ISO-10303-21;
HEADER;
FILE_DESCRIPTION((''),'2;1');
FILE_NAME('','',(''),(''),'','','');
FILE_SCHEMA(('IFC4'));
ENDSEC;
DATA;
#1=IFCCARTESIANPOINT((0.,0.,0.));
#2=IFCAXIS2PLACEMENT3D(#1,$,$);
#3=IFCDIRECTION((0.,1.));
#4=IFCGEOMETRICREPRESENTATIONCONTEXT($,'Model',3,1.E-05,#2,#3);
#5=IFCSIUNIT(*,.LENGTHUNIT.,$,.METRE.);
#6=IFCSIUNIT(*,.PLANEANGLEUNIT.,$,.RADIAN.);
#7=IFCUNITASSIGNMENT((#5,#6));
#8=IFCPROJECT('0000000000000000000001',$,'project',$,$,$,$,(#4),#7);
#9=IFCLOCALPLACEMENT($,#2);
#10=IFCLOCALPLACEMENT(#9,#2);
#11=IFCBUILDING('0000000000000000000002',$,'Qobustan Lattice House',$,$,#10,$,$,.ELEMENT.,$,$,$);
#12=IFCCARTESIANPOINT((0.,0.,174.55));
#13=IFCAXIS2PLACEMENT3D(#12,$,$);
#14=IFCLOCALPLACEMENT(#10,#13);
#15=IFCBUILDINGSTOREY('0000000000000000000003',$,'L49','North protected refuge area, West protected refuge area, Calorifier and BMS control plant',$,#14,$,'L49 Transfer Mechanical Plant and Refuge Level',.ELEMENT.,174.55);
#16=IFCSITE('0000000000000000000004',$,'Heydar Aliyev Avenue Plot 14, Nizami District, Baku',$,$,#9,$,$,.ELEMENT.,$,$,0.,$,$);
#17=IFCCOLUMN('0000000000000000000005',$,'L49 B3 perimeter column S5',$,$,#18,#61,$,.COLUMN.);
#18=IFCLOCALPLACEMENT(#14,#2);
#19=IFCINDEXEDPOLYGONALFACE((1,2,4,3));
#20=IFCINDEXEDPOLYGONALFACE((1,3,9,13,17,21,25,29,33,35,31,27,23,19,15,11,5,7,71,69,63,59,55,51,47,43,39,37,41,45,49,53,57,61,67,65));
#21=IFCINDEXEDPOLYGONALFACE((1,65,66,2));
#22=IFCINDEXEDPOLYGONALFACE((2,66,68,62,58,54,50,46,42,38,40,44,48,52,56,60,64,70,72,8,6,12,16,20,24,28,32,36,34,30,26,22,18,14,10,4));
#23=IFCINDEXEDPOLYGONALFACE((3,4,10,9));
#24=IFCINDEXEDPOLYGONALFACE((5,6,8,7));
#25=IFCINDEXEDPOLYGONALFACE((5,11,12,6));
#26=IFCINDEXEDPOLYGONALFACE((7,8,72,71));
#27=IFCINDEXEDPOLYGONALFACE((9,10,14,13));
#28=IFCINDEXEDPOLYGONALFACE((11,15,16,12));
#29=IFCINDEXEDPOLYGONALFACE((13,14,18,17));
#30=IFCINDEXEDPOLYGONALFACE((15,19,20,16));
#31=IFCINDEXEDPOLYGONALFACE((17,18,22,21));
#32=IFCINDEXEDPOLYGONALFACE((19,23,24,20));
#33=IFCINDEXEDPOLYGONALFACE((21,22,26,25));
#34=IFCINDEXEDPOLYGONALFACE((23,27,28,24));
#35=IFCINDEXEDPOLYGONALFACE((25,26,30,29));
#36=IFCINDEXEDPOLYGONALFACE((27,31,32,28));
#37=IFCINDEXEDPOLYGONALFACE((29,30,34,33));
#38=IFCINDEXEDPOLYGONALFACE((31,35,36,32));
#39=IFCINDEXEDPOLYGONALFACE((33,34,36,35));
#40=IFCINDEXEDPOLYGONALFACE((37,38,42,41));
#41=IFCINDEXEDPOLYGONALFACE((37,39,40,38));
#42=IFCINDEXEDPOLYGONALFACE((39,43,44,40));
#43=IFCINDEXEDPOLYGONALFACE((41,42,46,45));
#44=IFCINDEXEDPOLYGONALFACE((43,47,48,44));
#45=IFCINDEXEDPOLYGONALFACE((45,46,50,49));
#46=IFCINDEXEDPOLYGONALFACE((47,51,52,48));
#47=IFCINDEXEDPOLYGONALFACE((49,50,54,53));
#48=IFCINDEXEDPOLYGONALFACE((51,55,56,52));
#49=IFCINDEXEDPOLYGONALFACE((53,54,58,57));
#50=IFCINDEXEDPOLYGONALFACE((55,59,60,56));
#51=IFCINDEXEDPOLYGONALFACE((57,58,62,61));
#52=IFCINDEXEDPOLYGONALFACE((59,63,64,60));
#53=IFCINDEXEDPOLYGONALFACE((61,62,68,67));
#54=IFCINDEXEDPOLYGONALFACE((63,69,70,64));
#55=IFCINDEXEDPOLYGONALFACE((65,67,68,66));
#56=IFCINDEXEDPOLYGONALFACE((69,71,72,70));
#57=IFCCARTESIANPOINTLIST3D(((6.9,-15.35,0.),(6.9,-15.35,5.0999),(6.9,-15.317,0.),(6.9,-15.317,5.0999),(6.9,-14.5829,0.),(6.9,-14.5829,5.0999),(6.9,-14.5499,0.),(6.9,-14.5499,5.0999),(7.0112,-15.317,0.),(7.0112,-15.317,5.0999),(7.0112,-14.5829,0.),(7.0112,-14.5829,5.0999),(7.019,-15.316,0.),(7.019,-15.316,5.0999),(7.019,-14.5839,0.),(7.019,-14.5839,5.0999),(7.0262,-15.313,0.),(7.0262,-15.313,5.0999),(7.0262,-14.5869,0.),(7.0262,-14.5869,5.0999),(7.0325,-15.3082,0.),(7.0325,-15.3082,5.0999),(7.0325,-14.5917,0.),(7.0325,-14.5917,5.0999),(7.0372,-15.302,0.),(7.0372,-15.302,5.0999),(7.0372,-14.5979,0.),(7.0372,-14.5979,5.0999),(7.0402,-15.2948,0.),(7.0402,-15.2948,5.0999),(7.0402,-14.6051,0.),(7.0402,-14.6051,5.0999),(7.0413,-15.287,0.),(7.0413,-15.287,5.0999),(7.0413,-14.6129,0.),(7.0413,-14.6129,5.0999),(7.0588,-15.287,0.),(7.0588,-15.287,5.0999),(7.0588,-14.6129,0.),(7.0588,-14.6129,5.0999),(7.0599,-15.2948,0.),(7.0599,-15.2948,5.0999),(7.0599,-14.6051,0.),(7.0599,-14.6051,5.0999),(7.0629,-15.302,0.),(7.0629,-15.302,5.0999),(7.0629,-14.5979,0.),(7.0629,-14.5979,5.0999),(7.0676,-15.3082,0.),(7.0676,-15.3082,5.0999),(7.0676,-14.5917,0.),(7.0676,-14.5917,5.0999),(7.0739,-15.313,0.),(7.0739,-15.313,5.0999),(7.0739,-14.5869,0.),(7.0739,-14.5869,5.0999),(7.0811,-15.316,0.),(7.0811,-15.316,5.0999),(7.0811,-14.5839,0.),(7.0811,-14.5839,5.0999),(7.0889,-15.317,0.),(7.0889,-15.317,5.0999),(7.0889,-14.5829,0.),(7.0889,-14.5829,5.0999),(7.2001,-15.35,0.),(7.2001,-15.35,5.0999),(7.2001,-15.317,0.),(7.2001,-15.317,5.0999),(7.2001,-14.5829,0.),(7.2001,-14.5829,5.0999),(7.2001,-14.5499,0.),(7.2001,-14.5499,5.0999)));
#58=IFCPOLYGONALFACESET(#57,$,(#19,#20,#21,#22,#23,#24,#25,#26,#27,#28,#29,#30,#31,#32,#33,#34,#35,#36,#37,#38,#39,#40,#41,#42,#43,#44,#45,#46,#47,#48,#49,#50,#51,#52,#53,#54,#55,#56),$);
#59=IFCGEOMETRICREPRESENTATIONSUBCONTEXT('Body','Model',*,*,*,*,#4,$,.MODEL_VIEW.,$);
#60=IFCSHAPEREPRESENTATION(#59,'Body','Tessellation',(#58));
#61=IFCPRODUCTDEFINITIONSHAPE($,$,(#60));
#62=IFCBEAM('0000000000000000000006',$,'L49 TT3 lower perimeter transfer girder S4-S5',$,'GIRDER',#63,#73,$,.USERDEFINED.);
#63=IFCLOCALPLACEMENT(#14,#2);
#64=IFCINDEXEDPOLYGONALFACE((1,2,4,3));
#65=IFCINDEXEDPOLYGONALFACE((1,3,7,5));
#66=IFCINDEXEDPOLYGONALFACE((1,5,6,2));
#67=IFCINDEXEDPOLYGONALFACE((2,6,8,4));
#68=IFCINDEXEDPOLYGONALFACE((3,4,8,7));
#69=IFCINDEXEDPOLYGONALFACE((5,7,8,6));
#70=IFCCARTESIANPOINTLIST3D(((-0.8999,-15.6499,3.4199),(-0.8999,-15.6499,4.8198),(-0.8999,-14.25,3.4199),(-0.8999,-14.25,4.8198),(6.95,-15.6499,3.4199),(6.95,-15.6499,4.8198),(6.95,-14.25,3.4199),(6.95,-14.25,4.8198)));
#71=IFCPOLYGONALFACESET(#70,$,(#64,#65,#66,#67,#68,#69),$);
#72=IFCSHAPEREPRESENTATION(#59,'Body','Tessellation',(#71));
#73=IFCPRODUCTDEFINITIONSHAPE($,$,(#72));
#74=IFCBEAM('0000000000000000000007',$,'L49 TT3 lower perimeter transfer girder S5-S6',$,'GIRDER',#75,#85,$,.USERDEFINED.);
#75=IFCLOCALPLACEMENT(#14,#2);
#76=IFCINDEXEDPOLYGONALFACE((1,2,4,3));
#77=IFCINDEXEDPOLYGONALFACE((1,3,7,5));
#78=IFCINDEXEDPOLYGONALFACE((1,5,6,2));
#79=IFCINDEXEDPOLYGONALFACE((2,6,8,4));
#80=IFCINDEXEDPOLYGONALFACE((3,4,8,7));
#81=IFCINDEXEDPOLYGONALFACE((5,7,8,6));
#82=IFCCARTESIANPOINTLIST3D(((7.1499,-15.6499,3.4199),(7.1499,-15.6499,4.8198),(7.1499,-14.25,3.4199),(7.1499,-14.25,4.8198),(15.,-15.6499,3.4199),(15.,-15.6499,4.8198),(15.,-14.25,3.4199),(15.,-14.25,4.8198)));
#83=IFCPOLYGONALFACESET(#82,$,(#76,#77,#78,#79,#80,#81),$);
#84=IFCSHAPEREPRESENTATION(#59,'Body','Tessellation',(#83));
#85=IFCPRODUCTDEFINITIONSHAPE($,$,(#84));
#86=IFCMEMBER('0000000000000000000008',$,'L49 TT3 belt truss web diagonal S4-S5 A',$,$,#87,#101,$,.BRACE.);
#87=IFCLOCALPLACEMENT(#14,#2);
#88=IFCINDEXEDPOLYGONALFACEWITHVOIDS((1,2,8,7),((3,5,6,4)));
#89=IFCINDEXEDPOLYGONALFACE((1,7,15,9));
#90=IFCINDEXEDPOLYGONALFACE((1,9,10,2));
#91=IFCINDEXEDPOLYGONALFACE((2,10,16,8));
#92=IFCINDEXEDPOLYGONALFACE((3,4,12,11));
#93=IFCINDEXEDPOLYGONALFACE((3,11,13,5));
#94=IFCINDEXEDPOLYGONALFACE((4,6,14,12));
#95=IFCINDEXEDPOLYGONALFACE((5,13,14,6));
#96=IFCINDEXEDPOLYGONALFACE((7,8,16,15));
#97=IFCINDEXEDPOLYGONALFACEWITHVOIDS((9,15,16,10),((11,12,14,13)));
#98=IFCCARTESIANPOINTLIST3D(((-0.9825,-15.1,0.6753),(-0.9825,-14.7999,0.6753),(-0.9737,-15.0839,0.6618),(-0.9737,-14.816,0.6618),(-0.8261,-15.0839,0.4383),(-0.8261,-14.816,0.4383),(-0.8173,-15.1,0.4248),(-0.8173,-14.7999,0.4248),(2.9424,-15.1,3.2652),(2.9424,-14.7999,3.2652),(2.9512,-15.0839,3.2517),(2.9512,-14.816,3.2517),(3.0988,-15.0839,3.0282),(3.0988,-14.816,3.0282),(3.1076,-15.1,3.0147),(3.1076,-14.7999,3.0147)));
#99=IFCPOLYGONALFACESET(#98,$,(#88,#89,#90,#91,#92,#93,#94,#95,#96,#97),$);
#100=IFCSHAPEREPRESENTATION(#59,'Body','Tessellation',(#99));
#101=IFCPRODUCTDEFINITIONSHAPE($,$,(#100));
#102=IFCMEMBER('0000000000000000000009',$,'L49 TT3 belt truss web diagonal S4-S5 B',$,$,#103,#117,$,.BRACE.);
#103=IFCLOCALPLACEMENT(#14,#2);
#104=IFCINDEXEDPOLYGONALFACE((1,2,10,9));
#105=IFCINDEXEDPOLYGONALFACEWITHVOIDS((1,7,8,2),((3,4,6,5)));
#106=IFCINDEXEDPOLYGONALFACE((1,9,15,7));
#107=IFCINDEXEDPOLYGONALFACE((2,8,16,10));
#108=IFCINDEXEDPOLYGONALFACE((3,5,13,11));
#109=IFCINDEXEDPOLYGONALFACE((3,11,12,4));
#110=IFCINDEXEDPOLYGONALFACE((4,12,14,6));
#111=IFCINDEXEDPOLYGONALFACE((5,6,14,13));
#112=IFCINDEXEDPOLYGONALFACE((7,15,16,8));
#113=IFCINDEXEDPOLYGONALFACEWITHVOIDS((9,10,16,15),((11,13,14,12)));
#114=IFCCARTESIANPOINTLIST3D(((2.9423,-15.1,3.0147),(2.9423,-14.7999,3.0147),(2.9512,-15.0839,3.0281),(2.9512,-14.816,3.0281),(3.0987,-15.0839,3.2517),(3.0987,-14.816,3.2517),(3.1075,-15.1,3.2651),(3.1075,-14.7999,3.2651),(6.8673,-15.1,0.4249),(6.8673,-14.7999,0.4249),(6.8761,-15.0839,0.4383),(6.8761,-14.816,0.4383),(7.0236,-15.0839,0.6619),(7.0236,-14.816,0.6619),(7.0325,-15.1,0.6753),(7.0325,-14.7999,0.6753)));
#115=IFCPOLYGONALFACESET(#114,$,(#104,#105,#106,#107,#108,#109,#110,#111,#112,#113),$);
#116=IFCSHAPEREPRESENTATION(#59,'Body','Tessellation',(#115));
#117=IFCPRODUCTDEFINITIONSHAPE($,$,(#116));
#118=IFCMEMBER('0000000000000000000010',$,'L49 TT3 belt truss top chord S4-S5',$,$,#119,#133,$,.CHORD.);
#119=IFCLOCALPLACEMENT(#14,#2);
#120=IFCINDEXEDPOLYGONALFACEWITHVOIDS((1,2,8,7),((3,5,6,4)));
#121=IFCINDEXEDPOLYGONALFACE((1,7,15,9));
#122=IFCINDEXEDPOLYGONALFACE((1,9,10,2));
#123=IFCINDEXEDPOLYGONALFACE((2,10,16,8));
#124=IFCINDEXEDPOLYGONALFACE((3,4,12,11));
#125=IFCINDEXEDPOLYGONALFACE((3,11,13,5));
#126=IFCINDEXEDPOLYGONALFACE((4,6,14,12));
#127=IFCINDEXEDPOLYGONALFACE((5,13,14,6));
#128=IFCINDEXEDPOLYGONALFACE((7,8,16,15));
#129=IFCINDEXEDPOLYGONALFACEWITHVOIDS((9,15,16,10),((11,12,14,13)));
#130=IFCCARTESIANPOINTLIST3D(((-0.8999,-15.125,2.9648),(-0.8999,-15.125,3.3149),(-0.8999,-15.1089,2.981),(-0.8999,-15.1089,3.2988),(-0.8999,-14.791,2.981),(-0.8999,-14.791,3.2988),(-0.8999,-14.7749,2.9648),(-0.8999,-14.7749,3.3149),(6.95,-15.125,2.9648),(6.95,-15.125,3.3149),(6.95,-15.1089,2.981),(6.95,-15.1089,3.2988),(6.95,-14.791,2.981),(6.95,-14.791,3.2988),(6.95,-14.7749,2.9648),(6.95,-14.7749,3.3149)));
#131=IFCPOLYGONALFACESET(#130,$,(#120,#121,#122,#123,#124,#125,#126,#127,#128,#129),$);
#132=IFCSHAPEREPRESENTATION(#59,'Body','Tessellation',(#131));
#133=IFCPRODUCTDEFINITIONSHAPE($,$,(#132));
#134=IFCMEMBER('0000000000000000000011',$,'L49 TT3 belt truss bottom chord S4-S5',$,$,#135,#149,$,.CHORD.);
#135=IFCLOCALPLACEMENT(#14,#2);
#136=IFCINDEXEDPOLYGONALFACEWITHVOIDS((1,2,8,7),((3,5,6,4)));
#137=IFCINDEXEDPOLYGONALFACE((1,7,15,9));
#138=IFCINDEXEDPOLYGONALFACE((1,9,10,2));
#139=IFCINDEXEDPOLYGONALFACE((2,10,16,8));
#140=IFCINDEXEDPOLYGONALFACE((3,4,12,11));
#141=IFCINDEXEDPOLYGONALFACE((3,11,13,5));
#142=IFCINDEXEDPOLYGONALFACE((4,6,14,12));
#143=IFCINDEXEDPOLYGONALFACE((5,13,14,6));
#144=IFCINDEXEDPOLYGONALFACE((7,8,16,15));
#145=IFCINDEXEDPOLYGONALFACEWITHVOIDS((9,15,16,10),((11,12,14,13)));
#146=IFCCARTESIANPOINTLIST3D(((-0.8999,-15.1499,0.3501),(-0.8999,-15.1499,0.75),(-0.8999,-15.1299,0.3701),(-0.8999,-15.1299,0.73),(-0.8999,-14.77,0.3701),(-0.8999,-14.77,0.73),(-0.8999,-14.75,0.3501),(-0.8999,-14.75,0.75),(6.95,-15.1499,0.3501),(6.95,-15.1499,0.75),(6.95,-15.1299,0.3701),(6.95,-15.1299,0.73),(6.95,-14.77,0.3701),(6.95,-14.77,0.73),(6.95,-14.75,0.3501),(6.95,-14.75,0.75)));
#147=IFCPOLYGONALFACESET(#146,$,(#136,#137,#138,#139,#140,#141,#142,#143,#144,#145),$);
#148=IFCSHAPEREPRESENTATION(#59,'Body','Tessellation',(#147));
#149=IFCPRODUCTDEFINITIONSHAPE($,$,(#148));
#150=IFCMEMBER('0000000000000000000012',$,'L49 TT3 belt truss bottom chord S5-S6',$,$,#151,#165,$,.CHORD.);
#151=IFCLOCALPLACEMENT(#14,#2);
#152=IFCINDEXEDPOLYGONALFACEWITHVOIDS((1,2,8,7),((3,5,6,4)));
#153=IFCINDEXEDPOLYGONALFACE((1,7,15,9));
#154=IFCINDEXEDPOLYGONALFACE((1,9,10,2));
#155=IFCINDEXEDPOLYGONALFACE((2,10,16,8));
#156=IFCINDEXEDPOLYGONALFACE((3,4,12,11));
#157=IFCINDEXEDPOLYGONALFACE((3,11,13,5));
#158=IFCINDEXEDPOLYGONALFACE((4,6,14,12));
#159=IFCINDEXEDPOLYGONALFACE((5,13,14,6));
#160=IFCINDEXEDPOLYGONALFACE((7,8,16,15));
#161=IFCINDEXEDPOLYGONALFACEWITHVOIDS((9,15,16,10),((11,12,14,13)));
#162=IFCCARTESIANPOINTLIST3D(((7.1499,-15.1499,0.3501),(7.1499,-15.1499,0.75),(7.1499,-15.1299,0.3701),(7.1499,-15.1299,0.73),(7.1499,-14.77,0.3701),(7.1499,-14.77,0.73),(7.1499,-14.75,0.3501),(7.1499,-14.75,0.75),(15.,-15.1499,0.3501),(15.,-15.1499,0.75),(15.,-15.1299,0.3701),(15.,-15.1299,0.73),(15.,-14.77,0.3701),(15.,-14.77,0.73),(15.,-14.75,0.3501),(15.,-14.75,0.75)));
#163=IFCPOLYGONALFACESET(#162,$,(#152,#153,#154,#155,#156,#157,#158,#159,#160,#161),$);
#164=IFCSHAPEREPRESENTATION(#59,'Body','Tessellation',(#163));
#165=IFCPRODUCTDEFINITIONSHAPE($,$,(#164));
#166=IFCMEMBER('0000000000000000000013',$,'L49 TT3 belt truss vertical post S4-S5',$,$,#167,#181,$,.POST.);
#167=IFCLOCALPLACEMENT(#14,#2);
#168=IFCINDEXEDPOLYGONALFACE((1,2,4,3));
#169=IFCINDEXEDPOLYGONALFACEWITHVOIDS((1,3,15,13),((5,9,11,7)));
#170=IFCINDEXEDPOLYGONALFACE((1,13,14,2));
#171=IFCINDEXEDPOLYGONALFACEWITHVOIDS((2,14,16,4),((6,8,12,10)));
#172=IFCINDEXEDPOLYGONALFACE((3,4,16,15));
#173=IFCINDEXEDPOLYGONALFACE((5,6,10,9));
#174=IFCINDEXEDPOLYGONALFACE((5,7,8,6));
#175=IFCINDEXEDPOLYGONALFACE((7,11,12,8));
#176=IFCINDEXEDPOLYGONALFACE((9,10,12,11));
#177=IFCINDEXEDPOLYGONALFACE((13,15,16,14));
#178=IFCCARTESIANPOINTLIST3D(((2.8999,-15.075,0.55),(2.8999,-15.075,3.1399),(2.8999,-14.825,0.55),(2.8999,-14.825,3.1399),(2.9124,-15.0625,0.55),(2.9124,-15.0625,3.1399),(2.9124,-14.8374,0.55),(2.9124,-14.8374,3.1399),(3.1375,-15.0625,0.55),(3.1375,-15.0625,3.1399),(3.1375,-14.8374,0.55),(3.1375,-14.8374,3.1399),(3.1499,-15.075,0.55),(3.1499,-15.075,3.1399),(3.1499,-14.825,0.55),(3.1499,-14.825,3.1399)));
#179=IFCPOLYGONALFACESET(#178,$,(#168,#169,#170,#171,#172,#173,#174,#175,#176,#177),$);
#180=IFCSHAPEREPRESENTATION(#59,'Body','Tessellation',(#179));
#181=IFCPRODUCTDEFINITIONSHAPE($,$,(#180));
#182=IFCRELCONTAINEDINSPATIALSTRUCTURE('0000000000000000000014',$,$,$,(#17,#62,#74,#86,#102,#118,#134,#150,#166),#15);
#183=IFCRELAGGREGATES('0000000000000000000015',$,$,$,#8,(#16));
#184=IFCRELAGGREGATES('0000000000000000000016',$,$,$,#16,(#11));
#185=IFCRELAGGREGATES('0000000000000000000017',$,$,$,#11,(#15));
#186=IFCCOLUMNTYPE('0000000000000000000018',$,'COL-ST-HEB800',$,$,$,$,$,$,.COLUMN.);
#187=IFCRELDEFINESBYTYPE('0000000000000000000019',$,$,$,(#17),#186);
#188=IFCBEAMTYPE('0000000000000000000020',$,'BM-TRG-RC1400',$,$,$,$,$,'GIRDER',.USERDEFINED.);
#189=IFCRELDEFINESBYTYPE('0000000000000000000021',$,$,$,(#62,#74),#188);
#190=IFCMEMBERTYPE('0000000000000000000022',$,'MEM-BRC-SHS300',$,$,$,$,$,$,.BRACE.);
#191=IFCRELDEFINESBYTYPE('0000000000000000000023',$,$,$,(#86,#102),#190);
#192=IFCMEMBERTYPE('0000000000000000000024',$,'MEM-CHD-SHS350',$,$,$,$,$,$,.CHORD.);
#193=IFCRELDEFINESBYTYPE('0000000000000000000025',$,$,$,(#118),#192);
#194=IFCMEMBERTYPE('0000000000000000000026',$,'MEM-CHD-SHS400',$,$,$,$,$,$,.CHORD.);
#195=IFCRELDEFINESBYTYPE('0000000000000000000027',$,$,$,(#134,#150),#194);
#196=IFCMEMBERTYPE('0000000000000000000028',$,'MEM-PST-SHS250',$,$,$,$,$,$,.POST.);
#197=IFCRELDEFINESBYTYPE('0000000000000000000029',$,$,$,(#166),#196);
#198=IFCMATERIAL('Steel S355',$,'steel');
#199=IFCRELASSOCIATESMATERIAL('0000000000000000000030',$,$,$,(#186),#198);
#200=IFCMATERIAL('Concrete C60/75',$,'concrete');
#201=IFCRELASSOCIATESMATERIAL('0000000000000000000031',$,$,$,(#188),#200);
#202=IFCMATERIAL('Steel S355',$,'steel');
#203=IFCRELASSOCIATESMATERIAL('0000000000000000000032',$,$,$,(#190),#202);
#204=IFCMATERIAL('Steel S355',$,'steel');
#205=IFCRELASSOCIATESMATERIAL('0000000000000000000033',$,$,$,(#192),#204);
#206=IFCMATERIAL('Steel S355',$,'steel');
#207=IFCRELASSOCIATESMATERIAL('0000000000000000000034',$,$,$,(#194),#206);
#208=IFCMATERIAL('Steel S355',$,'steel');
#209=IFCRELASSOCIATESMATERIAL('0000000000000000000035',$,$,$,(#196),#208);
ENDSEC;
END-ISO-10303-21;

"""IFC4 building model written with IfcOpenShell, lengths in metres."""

from ifc_helpers import new_model, si_unit, direction, frame, origin, origin_2d, place, context, subcontext, project, spatial, rectangle, hollow_rectangle, i_section, extrude, material, material_profile, profile_set, type_object, element, save


model = new_model("IFC4")

# Units and contexts
model_context = context("Model", 3, precision=1e-05, world=origin(), true_north=direction((0.0, 1.0)))
body_context = subcontext(model_context, "Body", "Model", "MODEL_VIEW")
ifc_project = project(units=[si_unit("LENGTHUNIT", "METRE"), si_unit("PLANEANGLEUNIT", "RADIAN")], contexts=[model_context])

# Site, building, storey
site_placement = place(None, origin())
site = spatial("IfcSite", under=ifc_project, at=site_placement, Name="Heydar Aliyev Avenue Plot 14, Nizami District, Baku", CompositionType="ELEMENT", RefElevation=0.0)
building_placement = place(site_placement, origin())
building = spatial("IfcBuilding", under=site, at=building_placement, Name="Qobustan Lattice House", CompositionType="ELEMENT")
storey_placement = place(building_placement, frame((0.0, 0.0, 174.55)))
storey = spatial("IfcBuildingStorey", under=building, at=storey_placement, Name="L49", Description="North protected refuge area, West protected refuge area, Calorifier and BMS control plant", LongName="L49 Transfer Mechanical Plant and Refuge Level", CompositionType="ELEMENT", Elevation=174.55)

# Column
ifc_material_1 = material(Name="Steel S355", Category="steel")
ifc_material_profile_1 = material_profile(ifc_material_1, i_section(OverallWidth=0.3, OverallDepth=0.8, WebThickness=0.0176, FlangeThickness=0.033, FilletRadius=0.03, at=origin_2d()), Name="HEB800")
ifc_profile_set_1 = profile_set([ifc_material_profile_1], Name="Steel S355")
column_type = type_object("IfcColumnType", Name="COL-ST-HEB800", PredefinedType="COLUMN", material=ifc_profile_set_1)
column_placement = place(storey_placement, frame((7.05, -14.95, 0.0), z_axis=(0.0, 0.0, 1.0), x_axis=(1.0, 0.0, 0.0)))
element("IfcColumn", 1, at=column_placement, inside=storey, type_object=column_type, Name="L49 B3 perimeter column S5", PredefinedType="COLUMN", context=body_context, shape_type="SweptSolid", body=[
    extrude(i_section(OverallWidth=0.3, OverallDepth=0.8, WebThickness=0.0176, FlangeThickness=0.033, FilletRadius=0.03, at=origin_2d()), origin(), (0.0, 0.0, 1.0), 5.0999),
])

# Beams
ifc_material_2 = material(Name="Concrete C60/75", Category="concrete")
ifc_material_profile_2 = material_profile(ifc_material_2, rectangle(XDim=1.3999, YDim=1.3999, at=origin_2d()), Name="RC1400x1400")
ifc_profile_set_2 = profile_set([ifc_material_profile_2], Name="Concrete C60/75")
beam_type = type_object("IfcBeamType", Name="BM-TRG-RC1400", ElementType="GIRDER", PredefinedType="USERDEFINED", material=ifc_profile_set_2)
beam_1_placement = place(storey_placement, frame((-0.8999, -14.95, 4.1199), z_axis=(1.0, 0.0, 0.0), x_axis=(0.0, 1.0, 0.0)))
element("IfcBeam", 2, at=beam_1_placement, inside=storey, type_object=beam_type, Name="L49 TT3 lower perimeter transfer girder S4-S5", ObjectType="GIRDER", PredefinedType="USERDEFINED", context=body_context, shape_type="SweptSolid", body=[
    extrude(rectangle(XDim=1.3999, YDim=1.3999, at=origin_2d()), origin(), (0.0, 0.0, 1.0), 7.8499),
])
beam_2_placement = place(storey_placement, frame((7.1499, -14.95, 4.1199), z_axis=(1.0, 0.0, 0.0), x_axis=(0.0, 1.0, 0.0)))
element("IfcBeam", 3, at=beam_2_placement, inside=storey, type_object=beam_type, Name="L49 TT3 lower perimeter transfer girder S5-S6", ObjectType="GIRDER", PredefinedType="USERDEFINED", context=body_context, shape_type="SweptSolid", body=[
    extrude(rectangle(XDim=1.3999, YDim=1.3999, at=origin_2d()), origin(), (0.0, 0.0, 1.0), 7.8501),
])

# Members
ifc_material_3 = material(Name="Steel S355", Category="steel")
ifc_material_profile_3 = material_profile(ifc_material_3, hollow_rectangle(XDim=0.3, YDim=0.3, WallThickness=0.0161, at=origin_2d()), Name="SHS300x300x16")
ifc_profile_set_3 = profile_set([ifc_material_profile_3], Name="Steel S355")
member_type_1 = type_object("IfcMemberType", Name="MEM-BRC-SHS300", PredefinedType="BRACE", material=ifc_profile_set_3)
for number, where, z_axis, x_axis, name in (
    (4, (-0.8999, -14.95, 0.55), (0.834661, 0.0, 0.550764), (0.0, 1.0, 0.0), "L49 TT3 belt truss web diagonal S4-S5 A"),
    (5, (3.0249, -14.95, 3.1399), (0.834677, 0.0, -0.55074), (0.0, 1.0, 0.0), "L49 TT3 belt truss web diagonal S4-S5 B"),
):
    element("IfcMember", number, at=place(storey_placement, frame(where, z_axis=z_axis, x_axis=x_axis)), inside=storey, type_object=member_type_1, Name=name, PredefinedType="BRACE", context=body_context, shape_type="SweptSolid", body=[
        extrude(hollow_rectangle(XDim=0.3, YDim=0.3, WallThickness=0.0161, at=origin_2d()), origin(), (0.0, 0.0, 1.0), 4.7024),
    ])
ifc_material_4 = material(Name="Steel S355", Category="steel")
ifc_material_profile_4 = material_profile(ifc_material_4, hollow_rectangle(XDim=0.3501, YDim=0.3501, WallThickness=0.0161, at=origin_2d()), Name="SHS350x350x16")
ifc_profile_set_4 = profile_set([ifc_material_profile_4], Name="Steel S355")
member_type_2 = type_object("IfcMemberType", Name="MEM-CHD-SHS350", PredefinedType="CHORD", material=ifc_profile_set_4)
member_1_placement = place(storey_placement, frame((-0.8999, -14.95, 3.1399), z_axis=(1.0, 0.0, 0.0), x_axis=(0.0, 1.0, 0.0)))
element("IfcMember", 6, at=member_1_placement, inside=storey, type_object=member_type_2, Name="L49 TT3 belt truss top chord S4-S5", PredefinedType="CHORD", context=body_context, shape_type="SweptSolid", body=[
    extrude(hollow_rectangle(XDim=0.3501, YDim=0.3501, WallThickness=0.0161, at=origin_2d()), origin(), (0.0, 0.0, 1.0), 7.8499),
])
ifc_material_5 = material(Name="Steel S355", Category="steel")
ifc_material_profile_5 = material_profile(ifc_material_5, hollow_rectangle(XDim=0.3999, YDim=0.3999, WallThickness=0.02, at=origin_2d()), Name="SHS400x400x20")
ifc_profile_set_5 = profile_set([ifc_material_profile_5], Name="Steel S355")
member_type_3 = type_object("IfcMemberType", Name="MEM-CHD-SHS400", PredefinedType="CHORD", material=ifc_profile_set_5)
member_2_placement = place(storey_placement, frame((-0.8999, -14.95, 0.55), z_axis=(1.0, 0.0, 0.0), x_axis=(0.0, 1.0, 0.0)))
element("IfcMember", 7, at=member_2_placement, inside=storey, type_object=member_type_3, Name="L49 TT3 belt truss bottom chord S4-S5", PredefinedType="CHORD", context=body_context, shape_type="SweptSolid", body=[
    extrude(hollow_rectangle(XDim=0.3999, YDim=0.3999, WallThickness=0.02, at=origin_2d()), origin(), (0.0, 0.0, 1.0), 7.8499),
])
member_3_placement = place(storey_placement, frame((7.1499, -14.95, 0.55), z_axis=(1.0, 0.0, 0.0), x_axis=(0.0, 1.0, 0.0)))
element("IfcMember", 8, at=member_3_placement, inside=storey, type_object=member_type_3, Name="L49 TT3 belt truss bottom chord S5-S6", PredefinedType="CHORD", context=body_context, shape_type="SweptSolid", body=[
    extrude(hollow_rectangle(XDim=0.3999, YDim=0.3999, WallThickness=0.02, at=origin_2d()), origin(), (0.0, 0.0, 1.0), 7.8501),
])
ifc_material_6 = material(Name="Steel S355", Category="steel")
ifc_material_profile_6 = material_profile(ifc_material_6, hollow_rectangle(XDim=0.25, YDim=0.25, WallThickness=0.0125, at=origin_2d()), Name="SHS250x250x12.5")
ifc_profile_set_6 = profile_set([ifc_material_profile_6], Name="Steel S355")
member_type_4 = type_object("IfcMemberType", Name="MEM-PST-SHS250", PredefinedType="POST", material=ifc_profile_set_6)
member_4_placement = place(storey_placement, frame((3.0249, -14.95, 0.55), z_axis=(0.0, 0.0, 1.0), x_axis=(1.0, 0.0, 0.0)))
element("IfcMember", 9, at=member_4_placement, inside=storey, type_object=member_type_4, Name="L49 TT3 belt truss vertical post S4-S5", PredefinedType="POST", context=body_context, shape_type="SweptSolid", body=[
    extrude(hollow_rectangle(XDim=0.25, YDim=0.25, WallThickness=0.0125, at=origin_2d()), origin(), (0.0, 0.0, 1.0), 2.5898),
])

save(model, "model.ifc")
